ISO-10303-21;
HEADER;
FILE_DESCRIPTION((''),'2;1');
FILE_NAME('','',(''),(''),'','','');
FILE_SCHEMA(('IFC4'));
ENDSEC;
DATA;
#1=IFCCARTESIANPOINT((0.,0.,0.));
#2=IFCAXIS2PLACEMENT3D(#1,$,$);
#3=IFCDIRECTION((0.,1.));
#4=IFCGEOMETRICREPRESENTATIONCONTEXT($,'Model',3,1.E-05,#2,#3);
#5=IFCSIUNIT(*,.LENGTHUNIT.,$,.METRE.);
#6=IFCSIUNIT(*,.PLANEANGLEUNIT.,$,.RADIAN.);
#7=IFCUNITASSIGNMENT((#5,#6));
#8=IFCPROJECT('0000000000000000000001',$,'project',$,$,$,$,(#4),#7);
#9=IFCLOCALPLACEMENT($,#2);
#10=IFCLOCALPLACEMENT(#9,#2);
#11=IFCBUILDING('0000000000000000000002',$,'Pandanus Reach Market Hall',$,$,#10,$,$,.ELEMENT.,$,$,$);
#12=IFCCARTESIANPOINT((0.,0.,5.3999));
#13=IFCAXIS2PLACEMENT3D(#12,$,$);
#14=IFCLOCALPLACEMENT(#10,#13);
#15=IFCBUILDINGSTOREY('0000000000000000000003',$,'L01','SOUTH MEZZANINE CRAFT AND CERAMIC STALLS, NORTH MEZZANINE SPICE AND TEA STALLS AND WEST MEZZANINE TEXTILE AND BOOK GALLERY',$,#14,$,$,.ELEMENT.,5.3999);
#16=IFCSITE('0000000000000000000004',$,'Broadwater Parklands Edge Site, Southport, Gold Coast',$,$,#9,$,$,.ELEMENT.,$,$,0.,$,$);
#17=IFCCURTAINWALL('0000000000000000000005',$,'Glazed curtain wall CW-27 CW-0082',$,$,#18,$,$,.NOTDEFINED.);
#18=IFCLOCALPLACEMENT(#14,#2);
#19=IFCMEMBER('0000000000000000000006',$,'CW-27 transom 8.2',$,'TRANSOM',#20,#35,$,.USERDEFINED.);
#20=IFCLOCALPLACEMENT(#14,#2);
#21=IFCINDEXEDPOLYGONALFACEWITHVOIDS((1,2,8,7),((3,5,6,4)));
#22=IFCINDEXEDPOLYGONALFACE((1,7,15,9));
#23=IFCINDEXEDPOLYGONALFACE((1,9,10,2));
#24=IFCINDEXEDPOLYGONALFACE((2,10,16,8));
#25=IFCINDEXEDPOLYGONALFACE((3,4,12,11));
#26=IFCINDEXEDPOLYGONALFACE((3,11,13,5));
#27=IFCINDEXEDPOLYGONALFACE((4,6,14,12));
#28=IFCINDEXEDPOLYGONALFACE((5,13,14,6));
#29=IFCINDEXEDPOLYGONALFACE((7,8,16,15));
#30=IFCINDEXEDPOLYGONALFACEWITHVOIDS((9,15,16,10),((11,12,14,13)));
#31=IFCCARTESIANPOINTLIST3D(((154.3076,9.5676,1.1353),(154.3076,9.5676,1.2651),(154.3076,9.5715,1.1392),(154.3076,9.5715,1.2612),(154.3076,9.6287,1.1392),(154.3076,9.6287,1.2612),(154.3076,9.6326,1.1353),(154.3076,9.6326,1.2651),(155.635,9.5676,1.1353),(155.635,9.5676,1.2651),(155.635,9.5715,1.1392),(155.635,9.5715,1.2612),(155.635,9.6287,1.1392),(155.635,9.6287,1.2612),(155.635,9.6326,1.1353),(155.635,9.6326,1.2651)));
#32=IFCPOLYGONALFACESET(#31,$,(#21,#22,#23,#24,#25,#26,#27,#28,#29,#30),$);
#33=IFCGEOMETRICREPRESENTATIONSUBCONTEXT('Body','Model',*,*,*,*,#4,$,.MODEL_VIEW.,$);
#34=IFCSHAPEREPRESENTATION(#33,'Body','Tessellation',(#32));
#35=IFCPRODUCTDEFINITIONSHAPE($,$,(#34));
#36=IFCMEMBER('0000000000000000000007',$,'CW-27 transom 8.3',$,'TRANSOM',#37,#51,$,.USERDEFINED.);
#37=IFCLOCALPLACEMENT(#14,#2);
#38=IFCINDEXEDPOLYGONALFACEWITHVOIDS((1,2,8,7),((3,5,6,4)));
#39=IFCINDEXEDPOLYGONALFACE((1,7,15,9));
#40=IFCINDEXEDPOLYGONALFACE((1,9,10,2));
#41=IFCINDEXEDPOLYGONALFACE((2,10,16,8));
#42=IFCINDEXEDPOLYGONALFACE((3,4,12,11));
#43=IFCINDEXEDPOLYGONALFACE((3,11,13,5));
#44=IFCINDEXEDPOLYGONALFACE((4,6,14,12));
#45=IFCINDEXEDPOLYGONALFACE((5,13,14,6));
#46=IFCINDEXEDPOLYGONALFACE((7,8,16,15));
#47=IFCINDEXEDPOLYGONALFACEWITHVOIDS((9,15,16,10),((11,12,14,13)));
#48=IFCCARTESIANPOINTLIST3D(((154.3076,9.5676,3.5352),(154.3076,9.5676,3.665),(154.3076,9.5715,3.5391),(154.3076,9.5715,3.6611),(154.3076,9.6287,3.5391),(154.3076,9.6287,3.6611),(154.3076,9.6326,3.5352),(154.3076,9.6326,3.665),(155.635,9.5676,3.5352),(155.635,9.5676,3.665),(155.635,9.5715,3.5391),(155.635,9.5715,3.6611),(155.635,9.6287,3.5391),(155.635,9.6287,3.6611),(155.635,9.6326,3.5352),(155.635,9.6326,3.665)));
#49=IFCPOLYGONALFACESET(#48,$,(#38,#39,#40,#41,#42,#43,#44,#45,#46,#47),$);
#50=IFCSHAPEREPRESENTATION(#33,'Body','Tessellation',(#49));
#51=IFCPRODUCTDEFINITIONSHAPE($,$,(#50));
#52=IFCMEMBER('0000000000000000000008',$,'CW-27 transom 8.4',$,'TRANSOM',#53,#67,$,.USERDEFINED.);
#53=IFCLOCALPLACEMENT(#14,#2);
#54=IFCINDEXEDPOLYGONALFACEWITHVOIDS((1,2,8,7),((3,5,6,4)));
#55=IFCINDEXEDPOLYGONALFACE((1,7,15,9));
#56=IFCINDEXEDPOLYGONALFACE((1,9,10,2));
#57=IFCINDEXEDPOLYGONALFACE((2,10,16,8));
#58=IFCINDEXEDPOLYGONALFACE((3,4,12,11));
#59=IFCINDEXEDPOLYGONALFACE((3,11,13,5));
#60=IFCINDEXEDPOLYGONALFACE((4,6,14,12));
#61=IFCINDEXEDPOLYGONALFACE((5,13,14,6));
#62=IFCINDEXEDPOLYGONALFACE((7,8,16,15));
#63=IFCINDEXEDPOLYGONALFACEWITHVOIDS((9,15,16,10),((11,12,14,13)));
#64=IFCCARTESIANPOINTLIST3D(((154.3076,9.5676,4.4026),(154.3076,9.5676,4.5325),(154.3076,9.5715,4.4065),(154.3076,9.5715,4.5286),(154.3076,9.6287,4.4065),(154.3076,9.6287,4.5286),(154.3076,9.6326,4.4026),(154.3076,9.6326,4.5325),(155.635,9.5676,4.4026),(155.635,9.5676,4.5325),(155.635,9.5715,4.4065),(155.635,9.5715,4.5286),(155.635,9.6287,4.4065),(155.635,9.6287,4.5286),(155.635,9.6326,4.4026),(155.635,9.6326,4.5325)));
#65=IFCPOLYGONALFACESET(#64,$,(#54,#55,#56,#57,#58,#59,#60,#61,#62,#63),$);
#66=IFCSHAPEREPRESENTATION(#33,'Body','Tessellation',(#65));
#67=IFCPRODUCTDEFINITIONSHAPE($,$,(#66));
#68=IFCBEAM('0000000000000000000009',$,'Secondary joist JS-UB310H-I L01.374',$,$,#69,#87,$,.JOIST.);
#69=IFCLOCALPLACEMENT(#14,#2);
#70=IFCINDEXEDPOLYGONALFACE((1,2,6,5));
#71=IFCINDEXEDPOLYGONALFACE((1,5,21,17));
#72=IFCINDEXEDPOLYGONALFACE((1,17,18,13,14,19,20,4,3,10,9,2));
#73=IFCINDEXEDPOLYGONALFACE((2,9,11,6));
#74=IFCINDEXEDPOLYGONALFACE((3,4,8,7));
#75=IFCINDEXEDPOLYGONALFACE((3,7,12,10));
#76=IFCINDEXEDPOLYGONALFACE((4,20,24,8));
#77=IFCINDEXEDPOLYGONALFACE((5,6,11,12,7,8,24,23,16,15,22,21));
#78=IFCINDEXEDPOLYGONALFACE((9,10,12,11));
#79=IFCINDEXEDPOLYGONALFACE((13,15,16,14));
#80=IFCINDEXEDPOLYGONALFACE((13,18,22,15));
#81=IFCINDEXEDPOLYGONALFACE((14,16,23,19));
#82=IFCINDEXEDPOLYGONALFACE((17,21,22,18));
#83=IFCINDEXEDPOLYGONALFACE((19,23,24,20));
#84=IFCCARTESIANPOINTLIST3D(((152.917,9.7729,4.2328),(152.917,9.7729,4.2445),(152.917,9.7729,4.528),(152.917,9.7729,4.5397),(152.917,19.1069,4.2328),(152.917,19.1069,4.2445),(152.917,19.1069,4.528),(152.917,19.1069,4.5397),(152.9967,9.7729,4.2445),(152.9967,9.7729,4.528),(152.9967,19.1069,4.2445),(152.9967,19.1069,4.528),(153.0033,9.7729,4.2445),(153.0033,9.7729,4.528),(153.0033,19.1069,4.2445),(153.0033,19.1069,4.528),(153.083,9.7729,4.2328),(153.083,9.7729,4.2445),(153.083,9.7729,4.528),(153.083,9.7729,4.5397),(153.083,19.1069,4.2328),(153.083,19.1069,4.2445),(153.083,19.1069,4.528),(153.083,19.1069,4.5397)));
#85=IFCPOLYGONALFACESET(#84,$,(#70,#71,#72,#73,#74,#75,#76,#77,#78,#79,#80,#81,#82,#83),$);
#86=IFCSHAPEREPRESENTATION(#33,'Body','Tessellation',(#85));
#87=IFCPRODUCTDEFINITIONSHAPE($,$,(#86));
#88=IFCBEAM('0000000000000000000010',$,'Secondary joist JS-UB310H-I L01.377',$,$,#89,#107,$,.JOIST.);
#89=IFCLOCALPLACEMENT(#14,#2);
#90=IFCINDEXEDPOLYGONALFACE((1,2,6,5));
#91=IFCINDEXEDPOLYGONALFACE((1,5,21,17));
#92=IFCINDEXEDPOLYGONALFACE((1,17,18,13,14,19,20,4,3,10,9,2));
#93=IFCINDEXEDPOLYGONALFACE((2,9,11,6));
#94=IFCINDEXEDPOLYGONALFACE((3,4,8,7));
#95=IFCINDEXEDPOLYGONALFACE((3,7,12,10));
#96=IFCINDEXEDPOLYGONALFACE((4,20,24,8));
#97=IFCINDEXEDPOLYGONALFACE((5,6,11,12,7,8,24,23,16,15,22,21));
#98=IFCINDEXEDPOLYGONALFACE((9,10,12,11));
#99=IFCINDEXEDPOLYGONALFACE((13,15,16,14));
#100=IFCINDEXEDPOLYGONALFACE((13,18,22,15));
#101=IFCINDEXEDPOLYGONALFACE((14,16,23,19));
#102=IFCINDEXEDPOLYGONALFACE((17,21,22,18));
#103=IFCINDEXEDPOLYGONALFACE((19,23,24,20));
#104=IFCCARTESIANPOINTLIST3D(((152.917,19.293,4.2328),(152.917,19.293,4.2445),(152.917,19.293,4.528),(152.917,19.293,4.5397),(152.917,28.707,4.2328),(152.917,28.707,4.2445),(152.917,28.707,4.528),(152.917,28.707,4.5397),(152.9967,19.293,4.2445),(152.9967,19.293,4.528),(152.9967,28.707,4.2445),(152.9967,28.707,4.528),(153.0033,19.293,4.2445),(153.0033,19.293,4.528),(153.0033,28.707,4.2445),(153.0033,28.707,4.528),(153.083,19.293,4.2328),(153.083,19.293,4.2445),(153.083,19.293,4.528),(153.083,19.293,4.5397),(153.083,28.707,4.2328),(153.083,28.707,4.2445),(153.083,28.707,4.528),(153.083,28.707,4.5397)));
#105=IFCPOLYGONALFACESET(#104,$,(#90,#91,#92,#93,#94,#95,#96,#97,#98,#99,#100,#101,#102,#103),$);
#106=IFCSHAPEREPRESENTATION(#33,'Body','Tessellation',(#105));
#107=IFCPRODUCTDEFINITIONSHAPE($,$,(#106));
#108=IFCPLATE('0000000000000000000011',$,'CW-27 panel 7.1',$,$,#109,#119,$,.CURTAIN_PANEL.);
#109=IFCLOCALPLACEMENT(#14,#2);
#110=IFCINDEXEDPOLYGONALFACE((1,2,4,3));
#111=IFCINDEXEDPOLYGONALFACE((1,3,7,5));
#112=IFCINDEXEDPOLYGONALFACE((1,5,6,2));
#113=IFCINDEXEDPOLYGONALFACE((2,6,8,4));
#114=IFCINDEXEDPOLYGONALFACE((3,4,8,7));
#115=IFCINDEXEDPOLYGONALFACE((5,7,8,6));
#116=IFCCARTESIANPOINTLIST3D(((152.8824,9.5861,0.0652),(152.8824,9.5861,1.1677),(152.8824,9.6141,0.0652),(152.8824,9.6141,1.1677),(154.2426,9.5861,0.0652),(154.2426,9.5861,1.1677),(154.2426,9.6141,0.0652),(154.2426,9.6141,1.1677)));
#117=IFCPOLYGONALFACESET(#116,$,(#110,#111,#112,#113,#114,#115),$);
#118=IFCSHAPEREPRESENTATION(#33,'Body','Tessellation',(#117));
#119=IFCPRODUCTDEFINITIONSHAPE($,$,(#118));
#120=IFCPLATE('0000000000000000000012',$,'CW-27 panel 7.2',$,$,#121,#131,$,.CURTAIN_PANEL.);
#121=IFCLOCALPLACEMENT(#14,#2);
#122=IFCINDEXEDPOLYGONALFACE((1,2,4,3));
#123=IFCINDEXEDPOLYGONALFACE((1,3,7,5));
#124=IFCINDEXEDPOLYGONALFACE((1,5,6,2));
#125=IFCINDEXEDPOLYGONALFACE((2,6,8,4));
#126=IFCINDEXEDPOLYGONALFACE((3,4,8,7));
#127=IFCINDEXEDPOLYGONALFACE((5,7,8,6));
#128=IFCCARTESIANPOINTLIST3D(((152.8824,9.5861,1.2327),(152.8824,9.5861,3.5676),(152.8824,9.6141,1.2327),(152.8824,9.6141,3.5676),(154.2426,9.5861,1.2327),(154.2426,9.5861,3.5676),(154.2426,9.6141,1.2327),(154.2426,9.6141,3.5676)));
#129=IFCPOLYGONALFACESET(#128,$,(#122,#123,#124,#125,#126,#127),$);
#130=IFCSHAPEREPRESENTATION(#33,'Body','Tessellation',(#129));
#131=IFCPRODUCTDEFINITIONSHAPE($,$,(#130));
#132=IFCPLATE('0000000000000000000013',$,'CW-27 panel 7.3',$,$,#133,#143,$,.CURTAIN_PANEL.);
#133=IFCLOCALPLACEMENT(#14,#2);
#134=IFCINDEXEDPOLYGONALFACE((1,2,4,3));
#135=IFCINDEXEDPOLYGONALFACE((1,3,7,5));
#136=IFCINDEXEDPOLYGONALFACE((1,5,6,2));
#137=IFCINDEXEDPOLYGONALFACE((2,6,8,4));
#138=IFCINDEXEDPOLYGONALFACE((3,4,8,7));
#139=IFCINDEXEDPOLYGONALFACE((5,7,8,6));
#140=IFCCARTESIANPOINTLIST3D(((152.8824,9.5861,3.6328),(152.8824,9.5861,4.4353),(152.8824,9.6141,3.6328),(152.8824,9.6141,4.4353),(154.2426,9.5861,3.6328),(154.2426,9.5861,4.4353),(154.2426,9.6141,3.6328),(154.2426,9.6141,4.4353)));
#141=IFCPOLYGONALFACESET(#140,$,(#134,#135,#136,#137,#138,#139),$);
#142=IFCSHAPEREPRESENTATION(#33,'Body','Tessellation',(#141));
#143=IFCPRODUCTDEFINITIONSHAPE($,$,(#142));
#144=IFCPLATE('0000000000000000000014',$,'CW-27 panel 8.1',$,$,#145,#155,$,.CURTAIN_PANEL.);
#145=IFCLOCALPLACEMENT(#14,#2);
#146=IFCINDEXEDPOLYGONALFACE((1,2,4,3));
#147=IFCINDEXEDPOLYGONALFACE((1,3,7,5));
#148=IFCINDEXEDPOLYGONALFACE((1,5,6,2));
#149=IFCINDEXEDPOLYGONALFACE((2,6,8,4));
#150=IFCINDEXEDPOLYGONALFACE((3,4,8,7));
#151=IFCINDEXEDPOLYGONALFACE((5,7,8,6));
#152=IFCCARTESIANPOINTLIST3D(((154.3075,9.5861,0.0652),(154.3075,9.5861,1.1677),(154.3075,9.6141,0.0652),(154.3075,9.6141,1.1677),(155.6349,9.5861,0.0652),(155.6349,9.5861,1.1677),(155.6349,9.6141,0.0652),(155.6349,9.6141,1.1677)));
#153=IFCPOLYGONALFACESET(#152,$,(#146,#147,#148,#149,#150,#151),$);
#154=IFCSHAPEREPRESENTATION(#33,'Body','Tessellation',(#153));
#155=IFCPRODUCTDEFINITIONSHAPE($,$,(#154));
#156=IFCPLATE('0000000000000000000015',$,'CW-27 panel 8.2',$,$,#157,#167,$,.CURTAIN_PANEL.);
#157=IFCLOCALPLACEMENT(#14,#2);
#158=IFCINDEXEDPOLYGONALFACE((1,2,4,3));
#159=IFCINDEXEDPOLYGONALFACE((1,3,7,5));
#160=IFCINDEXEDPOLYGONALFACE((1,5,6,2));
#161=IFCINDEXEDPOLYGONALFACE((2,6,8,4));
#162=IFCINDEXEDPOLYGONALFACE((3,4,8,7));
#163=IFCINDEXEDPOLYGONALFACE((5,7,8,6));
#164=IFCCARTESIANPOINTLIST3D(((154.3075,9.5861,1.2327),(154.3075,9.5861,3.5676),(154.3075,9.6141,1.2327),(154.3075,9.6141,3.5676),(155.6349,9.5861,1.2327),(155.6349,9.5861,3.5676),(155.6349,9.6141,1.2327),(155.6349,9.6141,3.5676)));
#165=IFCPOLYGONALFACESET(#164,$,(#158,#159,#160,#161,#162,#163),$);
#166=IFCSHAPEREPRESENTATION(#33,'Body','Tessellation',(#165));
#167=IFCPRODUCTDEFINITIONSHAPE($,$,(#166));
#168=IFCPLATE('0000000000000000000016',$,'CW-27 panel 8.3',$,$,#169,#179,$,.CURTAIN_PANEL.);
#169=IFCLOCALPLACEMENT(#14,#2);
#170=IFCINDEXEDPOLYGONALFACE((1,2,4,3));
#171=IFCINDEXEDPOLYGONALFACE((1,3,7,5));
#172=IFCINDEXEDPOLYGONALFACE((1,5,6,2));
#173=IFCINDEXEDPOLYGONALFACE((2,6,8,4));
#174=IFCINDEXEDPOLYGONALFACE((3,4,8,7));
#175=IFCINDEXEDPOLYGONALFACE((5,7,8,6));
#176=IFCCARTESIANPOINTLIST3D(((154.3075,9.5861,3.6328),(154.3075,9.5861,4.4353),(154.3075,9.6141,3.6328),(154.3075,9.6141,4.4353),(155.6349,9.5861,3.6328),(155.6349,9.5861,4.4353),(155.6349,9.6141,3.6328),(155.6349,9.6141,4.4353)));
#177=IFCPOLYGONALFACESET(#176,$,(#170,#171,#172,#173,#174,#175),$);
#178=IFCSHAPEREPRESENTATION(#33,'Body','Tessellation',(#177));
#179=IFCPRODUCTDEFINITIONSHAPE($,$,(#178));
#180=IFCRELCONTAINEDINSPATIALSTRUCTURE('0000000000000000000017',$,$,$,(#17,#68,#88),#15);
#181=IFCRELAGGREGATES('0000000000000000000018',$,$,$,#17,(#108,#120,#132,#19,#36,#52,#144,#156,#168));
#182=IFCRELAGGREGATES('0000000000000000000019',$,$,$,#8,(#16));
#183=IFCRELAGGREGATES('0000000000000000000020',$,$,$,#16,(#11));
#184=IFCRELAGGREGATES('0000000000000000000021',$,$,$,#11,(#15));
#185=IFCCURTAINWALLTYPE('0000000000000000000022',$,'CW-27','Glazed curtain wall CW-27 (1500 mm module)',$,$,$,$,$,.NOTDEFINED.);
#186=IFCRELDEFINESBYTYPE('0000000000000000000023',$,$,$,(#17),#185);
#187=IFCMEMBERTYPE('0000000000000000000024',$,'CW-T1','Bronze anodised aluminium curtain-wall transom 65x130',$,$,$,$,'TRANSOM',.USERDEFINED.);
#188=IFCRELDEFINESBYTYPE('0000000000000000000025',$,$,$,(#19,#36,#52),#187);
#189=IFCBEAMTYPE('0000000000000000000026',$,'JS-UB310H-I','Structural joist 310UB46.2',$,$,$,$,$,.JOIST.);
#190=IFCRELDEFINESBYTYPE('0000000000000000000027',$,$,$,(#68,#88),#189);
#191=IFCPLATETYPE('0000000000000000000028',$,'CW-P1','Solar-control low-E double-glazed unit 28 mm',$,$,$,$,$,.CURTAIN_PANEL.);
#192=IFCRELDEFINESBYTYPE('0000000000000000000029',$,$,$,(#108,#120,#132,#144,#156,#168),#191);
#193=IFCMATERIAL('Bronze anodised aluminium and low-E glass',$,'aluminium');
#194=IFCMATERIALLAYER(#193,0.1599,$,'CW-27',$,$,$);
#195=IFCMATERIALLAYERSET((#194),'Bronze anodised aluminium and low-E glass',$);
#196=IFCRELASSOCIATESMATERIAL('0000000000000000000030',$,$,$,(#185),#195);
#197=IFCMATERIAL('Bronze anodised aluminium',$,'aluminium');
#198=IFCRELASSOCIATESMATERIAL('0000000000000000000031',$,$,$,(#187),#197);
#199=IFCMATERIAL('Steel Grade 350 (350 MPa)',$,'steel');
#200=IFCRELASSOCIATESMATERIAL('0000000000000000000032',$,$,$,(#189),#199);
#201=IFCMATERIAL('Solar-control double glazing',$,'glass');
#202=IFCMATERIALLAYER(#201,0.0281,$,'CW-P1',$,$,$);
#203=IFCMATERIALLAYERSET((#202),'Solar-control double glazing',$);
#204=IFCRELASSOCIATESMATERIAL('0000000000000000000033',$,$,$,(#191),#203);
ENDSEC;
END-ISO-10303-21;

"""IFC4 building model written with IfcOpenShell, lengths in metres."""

from ifc_helpers import new_model, si_unit, direction, frame, origin, origin_2d, place, context, subcontext, project, spatial, rectangle, hollow_rectangle, i_section, extrude, material, layer, layer_set, material_profile, profile_set, type_object, element, aggregate, save


model = new_model("IFC4")

# Units and contexts
model_context = context("Model", 3, precision=1e-05, world=origin(), true_north=direction((0.0, 1.0)))
body_context = subcontext(model_context, "Body", "Model", "MODEL_VIEW")
ifc_project = project(units=[si_unit("LENGTHUNIT", "METRE"), si_unit("PLANEANGLEUNIT", "RADIAN")], contexts=[model_context])

# Site, building, storey
site_placement = place(None, origin())
site = spatial("IfcSite", under=ifc_project, at=site_placement, Name="Broadwater Parklands Edge Site, Southport, Gold Coast", CompositionType="ELEMENT", RefElevation=0.0)
building_placement = place(site_placement, origin())
building = spatial("IfcBuilding", under=site, at=building_placement, Name="Pandanus Reach Market Hall", CompositionType="ELEMENT")
storey_placement = place(building_placement, frame((0.0, 0.0, 5.3999)))
storey = spatial("IfcBuildingStorey", under=building, at=storey_placement, Name="L01", Description="SOUTH MEZZANINE CRAFT AND CERAMIC STALLS, NORTH MEZZANINE SPICE AND TEA STALLS AND WEST MEZZANINE TEXTILE AND BOOK GALLERY", CompositionType="ELEMENT", Elevation=5.3999)

# Shared definitions
ifc_material_1 = material(Name="Steel Grade 350 (350 MPa)", Category="steel")

# Curtain wall, members
ifc_material_2 = material(Name="Bronze anodised aluminium and low-E glass", Category="aluminium")
ifc_layer_1 = layer(ifc_material_2, 0.1599, Name="CW-27")
ifc_layer_set_1 = layer_set([ifc_layer_1], Name="Bronze anodised aluminium and low-E glass")
curtain_wall_type = type_object("IfcCurtainWallType", Name="CW-27", Description="Glazed curtain wall CW-27 (1500 mm module)", PredefinedType="NOTDEFINED", material=ifc_layer_set_1)
curtain_wall_placement = place(storey_placement, origin())
curtain_wall = element("IfcCurtainWall", 1, at=curtain_wall_placement, inside=storey, type_object=curtain_wall_type, Name="Glazed curtain wall CW-27 CW-0082", PredefinedType="NOTDEFINED")
ifc_material_3 = material(Name="Bronze anodised aluminium", Category="aluminium")
ifc_material_profile_1 = material_profile(ifc_material_3, hollow_rectangle(XDim=0.0649, YDim=0.1299, WallThickness=0.0039, at=origin_2d()), Name="ALU65x130", Category="LoadBearing")
ifc_profile_set_1 = profile_set([ifc_material_profile_1], Name="Bronze anodised aluminium")
member_type_1 = type_object("IfcMemberType", Name="CW-T1", Description="Bronze anodised aluminium curtain-wall transom 65x130", ElementType="TRANSOM", PredefinedType="USERDEFINED", material=ifc_profile_set_1)
member_1_placement = place(storey_placement, frame((154.3076, 9.6001, 1.2002), z_axis=(1.0, 0.0, 0.0), x_axis=(0.0, 1.0, 0.0)))
member_1 = element("IfcMember", 2, at=member_1_placement, type_object=member_type_1, Name="CW-27 transom 8.2", ObjectType="TRANSOM", PredefinedType="USERDEFINED", context=body_context, shape_type="SweptSolid", body=[
    extrude(hollow_rectangle(XDim=0.0649, YDim=0.1299, WallThickness=0.0039, at=origin_2d()), origin(), (0.0, 0.0, 1.0), 1.3274),
])
member_2_placement = place(storey_placement, frame((154.3076, 9.6001, 3.6001), z_axis=(1.0, 0.0, 0.0), x_axis=(0.0, 1.0, 0.0)))
member_2 = element("IfcMember", 3, at=member_2_placement, type_object=member_type_1, Name="CW-27 transom 8.3", ObjectType="TRANSOM", PredefinedType="USERDEFINED", context=body_context, shape_type="SweptSolid", body=[
    extrude(hollow_rectangle(XDim=0.0649, YDim=0.1299, WallThickness=0.0039, at=origin_2d()), origin(), (0.0, 0.0, 1.0), 1.3274),
])
member_3_placement = place(storey_placement, frame((154.3076, 9.6001, 4.4675), z_axis=(1.0, 0.0, 0.0), x_axis=(0.0, 1.0, 0.0)))
member_3 = element("IfcMember", 4, at=member_3_placement, type_object=member_type_1, Name="CW-27 transom 8.4", ObjectType="TRANSOM", PredefinedType="USERDEFINED", context=body_context, shape_type="SweptSolid", body=[
    extrude(hollow_rectangle(XDim=0.0649, YDim=0.1299, WallThickness=0.0039, at=origin_2d()), origin(), (0.0, 0.0, 1.0), 1.3274),
])

# Beams
ifc_material_profile_2 = material_profile(ifc_material_1, i_section(OverallWidth=0.166, OverallDepth=0.3069, WebThickness=0.0066, FlangeThickness=0.0117, at=origin_2d()), Name="310UB46.2", Category="LoadBearing")
ifc_profile_set_2 = profile_set([ifc_material_profile_2], Name="Steel Grade 350 (350 MPa)")
beam_type_1 = type_object("IfcBeamType", Name="JS-UB310H-I", Description="Structural joist 310UB46.2", PredefinedType="JOIST", material=ifc_profile_set_2)
beam_1_placement = place(storey_placement, frame((153.0, 9.7729, 4.3862), z_axis=(0.0, 1.0, 0.0), x_axis=(-1.0, 0.0, 0.0)))
element("IfcBeam", 5, at=beam_1_placement, inside=storey, type_object=beam_type_1, Name="Secondary joist JS-UB310H-I L01.374", PredefinedType="JOIST", context=body_context, shape_type="SweptSolid", body=[
    extrude(i_section(OverallWidth=0.166, OverallDepth=0.3069, WebThickness=0.0066, FlangeThickness=0.0117, at=origin_2d()), origin(), (0.0, 0.0, 1.0), 9.334),
])
beam_2_placement = place(storey_placement, frame((153.0, 19.293, 4.3862), z_axis=(0.0, 1.0, 0.0), x_axis=(-1.0, 0.0, 0.0)))
element("IfcBeam", 6, at=beam_2_placement, inside=storey, type_object=beam_type_1, Name="Secondary joist JS-UB310H-I L01.377", PredefinedType="JOIST", context=body_context, shape_type="SweptSolid", body=[
    extrude(i_section(OverallWidth=0.166, OverallDepth=0.3069, WebThickness=0.0066, FlangeThickness=0.0117, at=origin_2d()), origin(), (0.0, 0.0, 1.0), 9.4141),
])

# Plates
ifc_material_4 = material(Name="Solar-control double glazing", Category="glass")
ifc_layer_2 = layer(ifc_material_4, 0.0281, Name="CW-P1")
ifc_layer_set_2 = layer_set([ifc_layer_2], Name="Solar-control double glazing")
plate_type = type_object("IfcPlateType", Name="CW-P1", Description="Solar-control low-E double-glazed unit 28 mm", PredefinedType="CURTAIN_PANEL", material=ifc_layer_set_2)
plate_1_placement = place(storey_placement, frame((153.5625, 9.6001, 0.0652), z_axis=(0.0, 0.0, 1.0), x_axis=(1.0, 0.0, 0.0)))
plate_1 = element("IfcPlate", 7, at=plate_1_placement, type_object=plate_type, Name="CW-27 panel 7.1", PredefinedType="CURTAIN_PANEL", context=body_context, shape_type="SweptSolid", body=[
    extrude(rectangle(XDim=1.3601, YDim=0.0281, at=origin_2d()), origin(), (0.0, 0.0, 1.0), 1.1025),
])
plate_2_placement = place(storey_placement, frame((153.5625, 9.6001, 1.2327), z_axis=(0.0, 0.0, 1.0), x_axis=(1.0, 0.0, 0.0)))
plate_2 = element("IfcPlate", 8, at=plate_2_placement, type_object=plate_type, Name="CW-27 panel 7.2", PredefinedType="CURTAIN_PANEL", context=body_context, shape_type="SweptSolid", body=[
    extrude(rectangle(XDim=1.3601, YDim=0.0281, at=origin_2d()), origin(), (0.0, 0.0, 1.0), 2.335),
])
plate_3_placement = place(storey_placement, frame((153.5625, 9.6001, 3.6328), z_axis=(0.0, 0.0, 1.0), x_axis=(1.0, 0.0, 0.0)))
plate_3 = element("IfcPlate", 9, at=plate_3_placement, type_object=plate_type, Name="CW-27 panel 7.3", PredefinedType="CURTAIN_PANEL", context=body_context, shape_type="SweptSolid", body=[
    extrude(rectangle(XDim=1.3601, YDim=0.0281, at=origin_2d()), origin(), (0.0, 0.0, 1.0), 0.8025),
])
plate_4_placement = place(storey_placement, frame((154.9712, 9.6001, 0.0652), z_axis=(0.0, 0.0, 1.0), x_axis=(1.0, 0.0, 0.0)))
plate_4 = element("IfcPlate", 10, at=plate_4_placement, type_object=plate_type, Name="CW-27 panel 8.1", PredefinedType="CURTAIN_PANEL", context=body_context, shape_type="SweptSolid", body=[
    extrude(rectangle(XDim=1.3274, YDim=0.0281, at=origin_2d()), origin(), (0.0, 0.0, 1.0), 1.1025),
])
plate_5_placement = place(storey_placement, frame((154.9712, 9.6001, 1.2327), z_axis=(0.0, 0.0, 1.0), x_axis=(1.0, 0.0, 0.0)))
plate_5 = element("IfcPlate", 11, at=plate_5_placement, type_object=plate_type, Name="CW-27 panel 8.2", PredefinedType="CURTAIN_PANEL", context=body_context, shape_type="SweptSolid", body=[
    extrude(rectangle(XDim=1.3274, YDim=0.0281, at=origin_2d()), origin(), (0.0, 0.0, 1.0), 2.335),
])
plate_6_placement = place(storey_placement, frame((154.9712, 9.6001, 3.6328), z_axis=(0.0, 0.0, 1.0), x_axis=(1.0, 0.0, 0.0)))
plate_6 = element("IfcPlate", 12, at=plate_6_placement, type_object=plate_type, Name="CW-27 panel 8.3", PredefinedType="CURTAIN_PANEL", context=body_context, shape_type="SweptSolid", body=[
    extrude(rectangle(XDim=1.3274, YDim=0.0281, at=origin_2d()), origin(), (0.0, 0.0, 1.0), 0.8025),
])
aggregate(curtain_wall, [plate_1, plate_2, plate_3, member_1, member_2, member_3, plate_4, plate_5, plate_6])

save(model, "model.ifc")
